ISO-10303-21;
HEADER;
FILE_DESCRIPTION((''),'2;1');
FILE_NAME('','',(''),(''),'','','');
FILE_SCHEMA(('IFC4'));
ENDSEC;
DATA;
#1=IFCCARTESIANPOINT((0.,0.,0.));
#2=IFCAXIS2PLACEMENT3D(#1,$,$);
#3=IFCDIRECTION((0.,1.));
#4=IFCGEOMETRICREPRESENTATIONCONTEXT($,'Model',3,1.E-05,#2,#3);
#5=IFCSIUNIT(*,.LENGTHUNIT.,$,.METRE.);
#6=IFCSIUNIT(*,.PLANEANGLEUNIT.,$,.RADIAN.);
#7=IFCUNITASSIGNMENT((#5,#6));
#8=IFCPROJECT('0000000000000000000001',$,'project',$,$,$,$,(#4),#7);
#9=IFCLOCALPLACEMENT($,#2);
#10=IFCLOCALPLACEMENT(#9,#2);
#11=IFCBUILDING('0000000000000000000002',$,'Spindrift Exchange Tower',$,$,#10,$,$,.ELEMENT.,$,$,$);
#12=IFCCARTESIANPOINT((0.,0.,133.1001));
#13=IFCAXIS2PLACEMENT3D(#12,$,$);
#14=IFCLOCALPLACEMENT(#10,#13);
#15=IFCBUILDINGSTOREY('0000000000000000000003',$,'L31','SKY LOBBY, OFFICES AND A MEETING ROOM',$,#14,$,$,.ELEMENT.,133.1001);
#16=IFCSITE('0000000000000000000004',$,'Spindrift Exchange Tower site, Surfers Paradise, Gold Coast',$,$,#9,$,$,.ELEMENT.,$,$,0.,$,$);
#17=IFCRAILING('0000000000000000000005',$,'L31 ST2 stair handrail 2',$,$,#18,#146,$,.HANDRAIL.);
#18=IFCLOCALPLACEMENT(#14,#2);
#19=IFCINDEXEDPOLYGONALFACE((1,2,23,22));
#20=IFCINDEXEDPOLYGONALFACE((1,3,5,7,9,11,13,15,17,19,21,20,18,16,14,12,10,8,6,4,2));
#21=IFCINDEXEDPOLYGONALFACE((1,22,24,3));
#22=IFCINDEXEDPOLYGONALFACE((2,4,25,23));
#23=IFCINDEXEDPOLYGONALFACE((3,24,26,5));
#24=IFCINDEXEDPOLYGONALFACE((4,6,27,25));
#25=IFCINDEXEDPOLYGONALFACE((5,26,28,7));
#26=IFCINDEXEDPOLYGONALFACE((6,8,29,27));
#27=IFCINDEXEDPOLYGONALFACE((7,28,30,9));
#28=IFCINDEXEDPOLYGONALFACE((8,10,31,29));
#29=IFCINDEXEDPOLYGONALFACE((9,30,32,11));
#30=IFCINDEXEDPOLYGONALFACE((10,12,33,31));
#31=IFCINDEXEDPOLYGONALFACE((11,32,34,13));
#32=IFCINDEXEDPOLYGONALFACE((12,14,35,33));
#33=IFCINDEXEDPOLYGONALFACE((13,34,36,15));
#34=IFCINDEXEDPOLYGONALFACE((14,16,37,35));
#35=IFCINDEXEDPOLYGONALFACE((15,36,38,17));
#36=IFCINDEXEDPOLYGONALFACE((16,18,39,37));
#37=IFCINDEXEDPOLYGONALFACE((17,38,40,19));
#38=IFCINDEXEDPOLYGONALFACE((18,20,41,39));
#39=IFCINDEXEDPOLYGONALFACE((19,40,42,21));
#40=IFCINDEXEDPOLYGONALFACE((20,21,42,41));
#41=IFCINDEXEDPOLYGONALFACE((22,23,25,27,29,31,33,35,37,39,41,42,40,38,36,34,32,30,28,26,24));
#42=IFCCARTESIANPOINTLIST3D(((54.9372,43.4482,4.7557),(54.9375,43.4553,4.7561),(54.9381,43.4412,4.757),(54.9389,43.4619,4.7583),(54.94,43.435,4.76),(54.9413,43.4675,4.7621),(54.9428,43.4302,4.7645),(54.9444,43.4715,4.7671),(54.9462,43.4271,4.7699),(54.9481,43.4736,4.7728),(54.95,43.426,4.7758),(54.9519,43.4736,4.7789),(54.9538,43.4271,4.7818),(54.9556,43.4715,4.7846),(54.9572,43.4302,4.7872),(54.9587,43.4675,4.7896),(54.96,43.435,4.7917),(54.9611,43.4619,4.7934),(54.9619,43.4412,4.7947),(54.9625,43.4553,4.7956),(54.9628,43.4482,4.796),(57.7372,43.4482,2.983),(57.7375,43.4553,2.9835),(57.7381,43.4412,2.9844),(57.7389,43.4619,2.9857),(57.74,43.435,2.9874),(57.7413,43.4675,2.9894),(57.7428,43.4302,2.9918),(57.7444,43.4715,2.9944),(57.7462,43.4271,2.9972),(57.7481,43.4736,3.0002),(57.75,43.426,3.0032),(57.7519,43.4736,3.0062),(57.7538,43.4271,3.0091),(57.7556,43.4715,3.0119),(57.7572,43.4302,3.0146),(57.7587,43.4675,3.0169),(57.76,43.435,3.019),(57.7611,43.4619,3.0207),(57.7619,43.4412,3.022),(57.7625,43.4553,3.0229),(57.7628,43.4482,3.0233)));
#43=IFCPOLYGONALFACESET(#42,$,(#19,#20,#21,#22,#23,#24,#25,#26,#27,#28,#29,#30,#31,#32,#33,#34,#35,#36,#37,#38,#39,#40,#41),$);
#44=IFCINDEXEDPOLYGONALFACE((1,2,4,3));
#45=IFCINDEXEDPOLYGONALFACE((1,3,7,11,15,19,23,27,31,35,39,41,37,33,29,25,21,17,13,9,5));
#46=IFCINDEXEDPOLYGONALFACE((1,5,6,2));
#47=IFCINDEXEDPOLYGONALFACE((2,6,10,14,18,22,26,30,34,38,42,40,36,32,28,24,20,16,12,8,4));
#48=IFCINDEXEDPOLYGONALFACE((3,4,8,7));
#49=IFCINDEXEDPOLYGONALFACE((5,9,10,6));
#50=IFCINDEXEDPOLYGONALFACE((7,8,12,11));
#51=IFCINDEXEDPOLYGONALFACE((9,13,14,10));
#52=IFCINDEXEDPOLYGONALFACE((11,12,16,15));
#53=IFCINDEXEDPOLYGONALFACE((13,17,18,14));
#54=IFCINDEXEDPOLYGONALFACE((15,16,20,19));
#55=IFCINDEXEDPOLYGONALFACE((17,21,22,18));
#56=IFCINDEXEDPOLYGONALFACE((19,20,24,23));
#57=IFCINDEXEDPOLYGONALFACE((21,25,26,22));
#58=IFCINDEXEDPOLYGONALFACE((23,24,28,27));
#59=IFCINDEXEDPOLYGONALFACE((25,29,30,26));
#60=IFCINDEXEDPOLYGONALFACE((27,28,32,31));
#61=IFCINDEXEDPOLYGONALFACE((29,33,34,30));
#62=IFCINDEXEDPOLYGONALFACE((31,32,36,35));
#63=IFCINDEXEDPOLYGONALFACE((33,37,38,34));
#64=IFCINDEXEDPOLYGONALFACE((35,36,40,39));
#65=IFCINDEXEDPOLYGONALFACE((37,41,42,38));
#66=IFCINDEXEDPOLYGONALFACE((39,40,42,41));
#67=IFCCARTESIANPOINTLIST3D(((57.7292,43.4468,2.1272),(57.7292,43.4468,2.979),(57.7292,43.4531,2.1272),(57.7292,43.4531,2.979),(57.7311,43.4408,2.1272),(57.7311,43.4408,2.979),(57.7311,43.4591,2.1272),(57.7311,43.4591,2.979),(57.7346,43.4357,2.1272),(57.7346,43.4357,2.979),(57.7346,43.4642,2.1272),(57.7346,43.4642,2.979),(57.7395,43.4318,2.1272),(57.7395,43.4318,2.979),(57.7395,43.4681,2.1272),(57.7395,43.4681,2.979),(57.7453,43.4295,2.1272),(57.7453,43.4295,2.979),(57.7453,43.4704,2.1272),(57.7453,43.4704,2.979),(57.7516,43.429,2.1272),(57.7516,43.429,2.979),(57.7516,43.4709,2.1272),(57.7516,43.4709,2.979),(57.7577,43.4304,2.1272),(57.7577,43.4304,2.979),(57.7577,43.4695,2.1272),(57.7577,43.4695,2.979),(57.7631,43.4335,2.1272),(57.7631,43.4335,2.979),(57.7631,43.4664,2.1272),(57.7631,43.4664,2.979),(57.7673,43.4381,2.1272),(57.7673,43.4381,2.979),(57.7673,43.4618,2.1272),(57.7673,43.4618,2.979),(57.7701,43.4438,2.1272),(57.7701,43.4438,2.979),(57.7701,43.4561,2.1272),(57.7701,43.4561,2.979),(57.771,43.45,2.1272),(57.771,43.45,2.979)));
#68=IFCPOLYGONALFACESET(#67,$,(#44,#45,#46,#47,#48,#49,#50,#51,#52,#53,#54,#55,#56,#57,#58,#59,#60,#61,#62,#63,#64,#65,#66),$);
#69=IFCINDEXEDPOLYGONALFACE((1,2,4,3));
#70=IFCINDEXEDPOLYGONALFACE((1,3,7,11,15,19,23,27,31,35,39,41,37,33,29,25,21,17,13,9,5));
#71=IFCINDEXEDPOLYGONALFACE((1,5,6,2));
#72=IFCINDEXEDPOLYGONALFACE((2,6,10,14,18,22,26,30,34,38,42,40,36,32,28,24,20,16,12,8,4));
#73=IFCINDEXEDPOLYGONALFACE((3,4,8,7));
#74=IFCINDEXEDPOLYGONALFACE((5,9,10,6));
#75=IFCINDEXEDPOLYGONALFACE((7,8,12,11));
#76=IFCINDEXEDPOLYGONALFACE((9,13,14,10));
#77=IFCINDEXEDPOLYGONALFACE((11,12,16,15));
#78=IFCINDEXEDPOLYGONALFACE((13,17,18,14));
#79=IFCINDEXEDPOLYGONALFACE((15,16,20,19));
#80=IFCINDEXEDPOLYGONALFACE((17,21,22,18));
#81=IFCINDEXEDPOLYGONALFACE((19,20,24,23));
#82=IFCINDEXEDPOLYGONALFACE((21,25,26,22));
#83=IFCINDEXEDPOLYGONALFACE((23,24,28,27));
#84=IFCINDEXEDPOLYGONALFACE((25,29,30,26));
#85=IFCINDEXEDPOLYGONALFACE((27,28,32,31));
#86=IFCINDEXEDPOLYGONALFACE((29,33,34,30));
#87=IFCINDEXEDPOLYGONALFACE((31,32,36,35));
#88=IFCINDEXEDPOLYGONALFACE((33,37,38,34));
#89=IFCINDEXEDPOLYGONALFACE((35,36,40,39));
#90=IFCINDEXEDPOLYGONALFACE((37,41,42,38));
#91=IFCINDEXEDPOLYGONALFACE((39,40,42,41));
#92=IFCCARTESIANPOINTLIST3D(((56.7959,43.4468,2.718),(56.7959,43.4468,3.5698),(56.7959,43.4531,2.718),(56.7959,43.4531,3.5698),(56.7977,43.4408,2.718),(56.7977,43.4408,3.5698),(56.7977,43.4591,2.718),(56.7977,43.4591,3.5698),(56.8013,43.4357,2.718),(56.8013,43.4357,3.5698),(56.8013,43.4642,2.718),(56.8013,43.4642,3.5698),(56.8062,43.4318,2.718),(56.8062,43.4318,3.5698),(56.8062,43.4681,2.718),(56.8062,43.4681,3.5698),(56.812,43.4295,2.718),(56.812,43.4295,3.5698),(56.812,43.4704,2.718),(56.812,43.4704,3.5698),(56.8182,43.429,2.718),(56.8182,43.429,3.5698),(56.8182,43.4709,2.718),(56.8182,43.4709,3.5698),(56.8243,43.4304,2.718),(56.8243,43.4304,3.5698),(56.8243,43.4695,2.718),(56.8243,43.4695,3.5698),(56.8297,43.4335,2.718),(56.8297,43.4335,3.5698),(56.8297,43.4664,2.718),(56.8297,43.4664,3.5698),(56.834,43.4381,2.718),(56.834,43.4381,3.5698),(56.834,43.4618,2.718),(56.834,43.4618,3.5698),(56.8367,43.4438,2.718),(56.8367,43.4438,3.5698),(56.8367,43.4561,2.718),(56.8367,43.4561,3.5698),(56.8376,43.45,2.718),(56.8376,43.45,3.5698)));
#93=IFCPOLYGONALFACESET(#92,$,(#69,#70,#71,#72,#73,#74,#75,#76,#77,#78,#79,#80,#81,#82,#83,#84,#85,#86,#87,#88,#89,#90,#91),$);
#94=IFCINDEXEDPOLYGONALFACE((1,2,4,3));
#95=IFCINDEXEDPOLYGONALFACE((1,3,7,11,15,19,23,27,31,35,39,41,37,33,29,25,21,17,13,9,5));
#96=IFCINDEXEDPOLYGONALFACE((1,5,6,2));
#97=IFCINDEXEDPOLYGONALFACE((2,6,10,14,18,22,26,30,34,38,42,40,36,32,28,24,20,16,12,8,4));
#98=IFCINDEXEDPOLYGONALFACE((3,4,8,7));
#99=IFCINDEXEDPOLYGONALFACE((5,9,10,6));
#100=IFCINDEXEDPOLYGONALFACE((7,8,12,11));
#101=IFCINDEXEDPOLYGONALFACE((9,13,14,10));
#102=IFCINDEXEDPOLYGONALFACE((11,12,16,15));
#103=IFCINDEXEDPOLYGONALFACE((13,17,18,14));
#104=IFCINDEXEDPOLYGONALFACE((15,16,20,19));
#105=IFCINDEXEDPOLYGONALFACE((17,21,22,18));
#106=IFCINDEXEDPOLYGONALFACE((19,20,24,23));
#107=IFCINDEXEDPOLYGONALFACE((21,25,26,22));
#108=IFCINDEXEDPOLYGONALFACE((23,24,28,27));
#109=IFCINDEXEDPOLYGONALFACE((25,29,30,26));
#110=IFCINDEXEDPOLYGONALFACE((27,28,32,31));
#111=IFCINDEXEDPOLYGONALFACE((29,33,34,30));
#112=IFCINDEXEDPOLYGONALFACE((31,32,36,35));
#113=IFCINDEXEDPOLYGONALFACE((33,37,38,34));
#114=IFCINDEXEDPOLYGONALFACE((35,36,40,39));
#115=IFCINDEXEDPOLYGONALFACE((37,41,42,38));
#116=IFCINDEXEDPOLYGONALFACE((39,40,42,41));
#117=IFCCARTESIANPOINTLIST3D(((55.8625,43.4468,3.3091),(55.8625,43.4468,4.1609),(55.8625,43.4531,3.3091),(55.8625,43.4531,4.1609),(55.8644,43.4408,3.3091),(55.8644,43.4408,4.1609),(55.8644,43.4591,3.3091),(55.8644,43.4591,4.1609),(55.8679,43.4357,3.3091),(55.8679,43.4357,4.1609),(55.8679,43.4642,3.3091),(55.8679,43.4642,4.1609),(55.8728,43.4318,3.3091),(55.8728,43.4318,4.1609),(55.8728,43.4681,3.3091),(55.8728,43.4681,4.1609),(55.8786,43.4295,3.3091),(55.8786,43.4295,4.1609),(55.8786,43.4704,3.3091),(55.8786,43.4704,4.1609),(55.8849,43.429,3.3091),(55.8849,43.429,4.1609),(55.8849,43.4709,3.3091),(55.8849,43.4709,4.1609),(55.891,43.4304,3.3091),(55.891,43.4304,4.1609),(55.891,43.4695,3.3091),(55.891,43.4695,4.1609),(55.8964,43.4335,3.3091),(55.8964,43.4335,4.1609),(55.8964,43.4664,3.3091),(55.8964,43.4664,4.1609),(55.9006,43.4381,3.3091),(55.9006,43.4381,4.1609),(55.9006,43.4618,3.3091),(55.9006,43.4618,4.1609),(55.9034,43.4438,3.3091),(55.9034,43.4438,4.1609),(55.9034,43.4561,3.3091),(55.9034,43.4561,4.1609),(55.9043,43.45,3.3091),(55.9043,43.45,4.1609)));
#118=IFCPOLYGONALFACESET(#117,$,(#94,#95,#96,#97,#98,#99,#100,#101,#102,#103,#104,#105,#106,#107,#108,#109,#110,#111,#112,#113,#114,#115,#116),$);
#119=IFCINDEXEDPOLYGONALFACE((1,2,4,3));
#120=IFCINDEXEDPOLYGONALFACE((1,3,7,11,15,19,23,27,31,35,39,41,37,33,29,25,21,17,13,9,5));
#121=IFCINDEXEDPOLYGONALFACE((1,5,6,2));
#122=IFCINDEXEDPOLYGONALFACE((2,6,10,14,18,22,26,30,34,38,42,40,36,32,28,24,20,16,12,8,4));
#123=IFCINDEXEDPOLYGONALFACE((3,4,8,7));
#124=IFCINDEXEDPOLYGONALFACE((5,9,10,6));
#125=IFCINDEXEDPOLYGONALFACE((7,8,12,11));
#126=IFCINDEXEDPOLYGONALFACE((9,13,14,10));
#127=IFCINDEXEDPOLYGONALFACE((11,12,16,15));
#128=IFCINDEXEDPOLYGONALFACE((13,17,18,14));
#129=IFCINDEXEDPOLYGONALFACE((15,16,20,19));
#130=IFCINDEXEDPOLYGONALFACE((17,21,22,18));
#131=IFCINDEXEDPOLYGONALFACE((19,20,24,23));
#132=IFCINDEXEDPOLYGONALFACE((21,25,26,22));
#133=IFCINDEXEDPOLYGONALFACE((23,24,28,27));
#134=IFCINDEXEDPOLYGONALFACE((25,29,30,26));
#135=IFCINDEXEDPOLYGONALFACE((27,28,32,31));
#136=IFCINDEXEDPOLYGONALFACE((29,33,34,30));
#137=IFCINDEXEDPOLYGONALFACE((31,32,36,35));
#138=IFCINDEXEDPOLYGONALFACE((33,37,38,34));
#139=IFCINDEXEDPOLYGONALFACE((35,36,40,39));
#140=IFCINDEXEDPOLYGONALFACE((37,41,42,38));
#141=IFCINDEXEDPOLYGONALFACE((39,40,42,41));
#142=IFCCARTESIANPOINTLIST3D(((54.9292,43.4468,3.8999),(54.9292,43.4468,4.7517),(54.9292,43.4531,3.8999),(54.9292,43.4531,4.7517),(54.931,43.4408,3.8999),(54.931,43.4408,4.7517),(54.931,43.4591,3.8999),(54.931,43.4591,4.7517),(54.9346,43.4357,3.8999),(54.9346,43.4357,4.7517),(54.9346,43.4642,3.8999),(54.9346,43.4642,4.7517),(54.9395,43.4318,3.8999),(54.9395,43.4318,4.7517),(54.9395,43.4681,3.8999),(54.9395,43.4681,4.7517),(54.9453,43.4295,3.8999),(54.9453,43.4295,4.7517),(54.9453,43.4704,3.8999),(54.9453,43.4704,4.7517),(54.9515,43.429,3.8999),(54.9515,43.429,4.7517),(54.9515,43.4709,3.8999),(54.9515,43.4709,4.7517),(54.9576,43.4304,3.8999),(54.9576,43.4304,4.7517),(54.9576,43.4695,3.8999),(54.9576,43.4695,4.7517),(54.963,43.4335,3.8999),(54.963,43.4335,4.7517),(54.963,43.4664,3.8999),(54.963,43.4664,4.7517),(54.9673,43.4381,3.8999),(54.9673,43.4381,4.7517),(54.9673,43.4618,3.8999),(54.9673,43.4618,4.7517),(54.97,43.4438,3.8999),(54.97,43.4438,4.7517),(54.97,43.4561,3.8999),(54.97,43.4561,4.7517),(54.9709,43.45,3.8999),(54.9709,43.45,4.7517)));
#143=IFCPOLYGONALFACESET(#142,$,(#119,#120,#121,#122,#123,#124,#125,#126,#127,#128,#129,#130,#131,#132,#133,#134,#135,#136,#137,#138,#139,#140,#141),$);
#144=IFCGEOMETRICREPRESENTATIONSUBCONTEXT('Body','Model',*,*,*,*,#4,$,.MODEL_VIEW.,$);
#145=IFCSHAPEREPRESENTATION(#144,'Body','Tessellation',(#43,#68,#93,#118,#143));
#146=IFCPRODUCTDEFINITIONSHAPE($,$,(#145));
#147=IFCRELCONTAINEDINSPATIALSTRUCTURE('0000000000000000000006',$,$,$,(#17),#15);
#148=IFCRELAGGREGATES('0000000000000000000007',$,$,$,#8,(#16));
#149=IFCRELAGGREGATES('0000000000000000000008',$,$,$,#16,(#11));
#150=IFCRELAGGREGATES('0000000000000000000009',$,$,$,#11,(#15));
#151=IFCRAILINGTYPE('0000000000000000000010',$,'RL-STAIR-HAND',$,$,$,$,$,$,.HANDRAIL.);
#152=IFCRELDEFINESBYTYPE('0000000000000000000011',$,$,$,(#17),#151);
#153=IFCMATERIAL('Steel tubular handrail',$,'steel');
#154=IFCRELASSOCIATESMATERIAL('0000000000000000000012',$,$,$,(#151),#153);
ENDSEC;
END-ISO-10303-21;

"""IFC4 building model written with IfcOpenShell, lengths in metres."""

from ifc_helpers import new_model, si_unit, direction, frame, origin, origin_2d, place, context, subcontext, project, spatial, circle, extrude, material, type_object, element, save


model = new_model("IFC4")

# Units and contexts
model_context = context("Model", 3, precision=1e-05, world=origin(), true_north=direction((0.0, 1.0)))
body_context = subcontext(model_context, "Body", "Model", "MODEL_VIEW")
ifc_project = project(units=[si_unit("LENGTHUNIT", "METRE"), si_unit("PLANEANGLEUNIT", "RADIAN")], contexts=[model_context])

# Site, building, storey
site_placement = place(None, origin())
site = spatial("IfcSite", under=ifc_project, at=site_placement, Name="Spindrift Exchange Tower site, Surfers Paradise, Gold Coast", CompositionType="ELEMENT", RefElevation=0.0)
building_placement = place(site_placement, origin())
building = spatial("IfcBuilding", under=site, at=building_placement, Name="Spindrift Exchange Tower", CompositionType="ELEMENT")
storey_placement = place(building_placement, frame((0.0, 0.0, 133.1001)))
storey = spatial("IfcBuildingStorey", under=building, at=storey_placement, Name="L31", Description="SKY LOBBY, OFFICES AND A MEETING ROOM", CompositionType="ELEMENT", Elevation=133.1001)

# Railing
ifc_material_1 = material(Name="Steel tubular handrail", Category="steel")
railing_type = type_object("IfcRailingType", Name="RL-STAIR-HAND", PredefinedType="HANDRAIL", material=ifc_material_1)
railing_placement = place(storey_placement, frame((57.75, 43.45, 2.1272)))
element("IfcRailing", 1, at=railing_placement, inside=storey, type_object=railing_type, Name="L31 ST2 stair handrail 2", PredefinedType="HANDRAIL", context=body_context, shape_type="SweptSolid", body=[
    extrude(circle(Radius=0.0239, at=origin_2d()), frame((0.0, 0.0, 0.876), z_axis=(-0.844909, 0.0, 0.53491), x_axis=(0.0, -1.0, 0.0)), (0.0, 0.0, 1.0), 3.314),
    extrude(circle(Radius=0.021, at=origin_2d()), origin(), (0.0, 0.0, 1.0), 0.8518),
    extrude(circle(Radius=0.021, at=origin_2d()), frame((-0.9333, 0.0, 0.5908)), (0.0, 0.0, 1.0), 0.8518),
    extrude(circle(Radius=0.021, at=origin_2d()), frame((-1.8667, 0.0, 1.1819)), (0.0, 0.0, 1.0), 0.8518),
    extrude(circle(Radius=0.021, at=origin_2d()), frame((-2.8, 0.0, 1.7727)), (0.0, 0.0, 1.0), 0.8518),
])

save(model, "model.ifc")
